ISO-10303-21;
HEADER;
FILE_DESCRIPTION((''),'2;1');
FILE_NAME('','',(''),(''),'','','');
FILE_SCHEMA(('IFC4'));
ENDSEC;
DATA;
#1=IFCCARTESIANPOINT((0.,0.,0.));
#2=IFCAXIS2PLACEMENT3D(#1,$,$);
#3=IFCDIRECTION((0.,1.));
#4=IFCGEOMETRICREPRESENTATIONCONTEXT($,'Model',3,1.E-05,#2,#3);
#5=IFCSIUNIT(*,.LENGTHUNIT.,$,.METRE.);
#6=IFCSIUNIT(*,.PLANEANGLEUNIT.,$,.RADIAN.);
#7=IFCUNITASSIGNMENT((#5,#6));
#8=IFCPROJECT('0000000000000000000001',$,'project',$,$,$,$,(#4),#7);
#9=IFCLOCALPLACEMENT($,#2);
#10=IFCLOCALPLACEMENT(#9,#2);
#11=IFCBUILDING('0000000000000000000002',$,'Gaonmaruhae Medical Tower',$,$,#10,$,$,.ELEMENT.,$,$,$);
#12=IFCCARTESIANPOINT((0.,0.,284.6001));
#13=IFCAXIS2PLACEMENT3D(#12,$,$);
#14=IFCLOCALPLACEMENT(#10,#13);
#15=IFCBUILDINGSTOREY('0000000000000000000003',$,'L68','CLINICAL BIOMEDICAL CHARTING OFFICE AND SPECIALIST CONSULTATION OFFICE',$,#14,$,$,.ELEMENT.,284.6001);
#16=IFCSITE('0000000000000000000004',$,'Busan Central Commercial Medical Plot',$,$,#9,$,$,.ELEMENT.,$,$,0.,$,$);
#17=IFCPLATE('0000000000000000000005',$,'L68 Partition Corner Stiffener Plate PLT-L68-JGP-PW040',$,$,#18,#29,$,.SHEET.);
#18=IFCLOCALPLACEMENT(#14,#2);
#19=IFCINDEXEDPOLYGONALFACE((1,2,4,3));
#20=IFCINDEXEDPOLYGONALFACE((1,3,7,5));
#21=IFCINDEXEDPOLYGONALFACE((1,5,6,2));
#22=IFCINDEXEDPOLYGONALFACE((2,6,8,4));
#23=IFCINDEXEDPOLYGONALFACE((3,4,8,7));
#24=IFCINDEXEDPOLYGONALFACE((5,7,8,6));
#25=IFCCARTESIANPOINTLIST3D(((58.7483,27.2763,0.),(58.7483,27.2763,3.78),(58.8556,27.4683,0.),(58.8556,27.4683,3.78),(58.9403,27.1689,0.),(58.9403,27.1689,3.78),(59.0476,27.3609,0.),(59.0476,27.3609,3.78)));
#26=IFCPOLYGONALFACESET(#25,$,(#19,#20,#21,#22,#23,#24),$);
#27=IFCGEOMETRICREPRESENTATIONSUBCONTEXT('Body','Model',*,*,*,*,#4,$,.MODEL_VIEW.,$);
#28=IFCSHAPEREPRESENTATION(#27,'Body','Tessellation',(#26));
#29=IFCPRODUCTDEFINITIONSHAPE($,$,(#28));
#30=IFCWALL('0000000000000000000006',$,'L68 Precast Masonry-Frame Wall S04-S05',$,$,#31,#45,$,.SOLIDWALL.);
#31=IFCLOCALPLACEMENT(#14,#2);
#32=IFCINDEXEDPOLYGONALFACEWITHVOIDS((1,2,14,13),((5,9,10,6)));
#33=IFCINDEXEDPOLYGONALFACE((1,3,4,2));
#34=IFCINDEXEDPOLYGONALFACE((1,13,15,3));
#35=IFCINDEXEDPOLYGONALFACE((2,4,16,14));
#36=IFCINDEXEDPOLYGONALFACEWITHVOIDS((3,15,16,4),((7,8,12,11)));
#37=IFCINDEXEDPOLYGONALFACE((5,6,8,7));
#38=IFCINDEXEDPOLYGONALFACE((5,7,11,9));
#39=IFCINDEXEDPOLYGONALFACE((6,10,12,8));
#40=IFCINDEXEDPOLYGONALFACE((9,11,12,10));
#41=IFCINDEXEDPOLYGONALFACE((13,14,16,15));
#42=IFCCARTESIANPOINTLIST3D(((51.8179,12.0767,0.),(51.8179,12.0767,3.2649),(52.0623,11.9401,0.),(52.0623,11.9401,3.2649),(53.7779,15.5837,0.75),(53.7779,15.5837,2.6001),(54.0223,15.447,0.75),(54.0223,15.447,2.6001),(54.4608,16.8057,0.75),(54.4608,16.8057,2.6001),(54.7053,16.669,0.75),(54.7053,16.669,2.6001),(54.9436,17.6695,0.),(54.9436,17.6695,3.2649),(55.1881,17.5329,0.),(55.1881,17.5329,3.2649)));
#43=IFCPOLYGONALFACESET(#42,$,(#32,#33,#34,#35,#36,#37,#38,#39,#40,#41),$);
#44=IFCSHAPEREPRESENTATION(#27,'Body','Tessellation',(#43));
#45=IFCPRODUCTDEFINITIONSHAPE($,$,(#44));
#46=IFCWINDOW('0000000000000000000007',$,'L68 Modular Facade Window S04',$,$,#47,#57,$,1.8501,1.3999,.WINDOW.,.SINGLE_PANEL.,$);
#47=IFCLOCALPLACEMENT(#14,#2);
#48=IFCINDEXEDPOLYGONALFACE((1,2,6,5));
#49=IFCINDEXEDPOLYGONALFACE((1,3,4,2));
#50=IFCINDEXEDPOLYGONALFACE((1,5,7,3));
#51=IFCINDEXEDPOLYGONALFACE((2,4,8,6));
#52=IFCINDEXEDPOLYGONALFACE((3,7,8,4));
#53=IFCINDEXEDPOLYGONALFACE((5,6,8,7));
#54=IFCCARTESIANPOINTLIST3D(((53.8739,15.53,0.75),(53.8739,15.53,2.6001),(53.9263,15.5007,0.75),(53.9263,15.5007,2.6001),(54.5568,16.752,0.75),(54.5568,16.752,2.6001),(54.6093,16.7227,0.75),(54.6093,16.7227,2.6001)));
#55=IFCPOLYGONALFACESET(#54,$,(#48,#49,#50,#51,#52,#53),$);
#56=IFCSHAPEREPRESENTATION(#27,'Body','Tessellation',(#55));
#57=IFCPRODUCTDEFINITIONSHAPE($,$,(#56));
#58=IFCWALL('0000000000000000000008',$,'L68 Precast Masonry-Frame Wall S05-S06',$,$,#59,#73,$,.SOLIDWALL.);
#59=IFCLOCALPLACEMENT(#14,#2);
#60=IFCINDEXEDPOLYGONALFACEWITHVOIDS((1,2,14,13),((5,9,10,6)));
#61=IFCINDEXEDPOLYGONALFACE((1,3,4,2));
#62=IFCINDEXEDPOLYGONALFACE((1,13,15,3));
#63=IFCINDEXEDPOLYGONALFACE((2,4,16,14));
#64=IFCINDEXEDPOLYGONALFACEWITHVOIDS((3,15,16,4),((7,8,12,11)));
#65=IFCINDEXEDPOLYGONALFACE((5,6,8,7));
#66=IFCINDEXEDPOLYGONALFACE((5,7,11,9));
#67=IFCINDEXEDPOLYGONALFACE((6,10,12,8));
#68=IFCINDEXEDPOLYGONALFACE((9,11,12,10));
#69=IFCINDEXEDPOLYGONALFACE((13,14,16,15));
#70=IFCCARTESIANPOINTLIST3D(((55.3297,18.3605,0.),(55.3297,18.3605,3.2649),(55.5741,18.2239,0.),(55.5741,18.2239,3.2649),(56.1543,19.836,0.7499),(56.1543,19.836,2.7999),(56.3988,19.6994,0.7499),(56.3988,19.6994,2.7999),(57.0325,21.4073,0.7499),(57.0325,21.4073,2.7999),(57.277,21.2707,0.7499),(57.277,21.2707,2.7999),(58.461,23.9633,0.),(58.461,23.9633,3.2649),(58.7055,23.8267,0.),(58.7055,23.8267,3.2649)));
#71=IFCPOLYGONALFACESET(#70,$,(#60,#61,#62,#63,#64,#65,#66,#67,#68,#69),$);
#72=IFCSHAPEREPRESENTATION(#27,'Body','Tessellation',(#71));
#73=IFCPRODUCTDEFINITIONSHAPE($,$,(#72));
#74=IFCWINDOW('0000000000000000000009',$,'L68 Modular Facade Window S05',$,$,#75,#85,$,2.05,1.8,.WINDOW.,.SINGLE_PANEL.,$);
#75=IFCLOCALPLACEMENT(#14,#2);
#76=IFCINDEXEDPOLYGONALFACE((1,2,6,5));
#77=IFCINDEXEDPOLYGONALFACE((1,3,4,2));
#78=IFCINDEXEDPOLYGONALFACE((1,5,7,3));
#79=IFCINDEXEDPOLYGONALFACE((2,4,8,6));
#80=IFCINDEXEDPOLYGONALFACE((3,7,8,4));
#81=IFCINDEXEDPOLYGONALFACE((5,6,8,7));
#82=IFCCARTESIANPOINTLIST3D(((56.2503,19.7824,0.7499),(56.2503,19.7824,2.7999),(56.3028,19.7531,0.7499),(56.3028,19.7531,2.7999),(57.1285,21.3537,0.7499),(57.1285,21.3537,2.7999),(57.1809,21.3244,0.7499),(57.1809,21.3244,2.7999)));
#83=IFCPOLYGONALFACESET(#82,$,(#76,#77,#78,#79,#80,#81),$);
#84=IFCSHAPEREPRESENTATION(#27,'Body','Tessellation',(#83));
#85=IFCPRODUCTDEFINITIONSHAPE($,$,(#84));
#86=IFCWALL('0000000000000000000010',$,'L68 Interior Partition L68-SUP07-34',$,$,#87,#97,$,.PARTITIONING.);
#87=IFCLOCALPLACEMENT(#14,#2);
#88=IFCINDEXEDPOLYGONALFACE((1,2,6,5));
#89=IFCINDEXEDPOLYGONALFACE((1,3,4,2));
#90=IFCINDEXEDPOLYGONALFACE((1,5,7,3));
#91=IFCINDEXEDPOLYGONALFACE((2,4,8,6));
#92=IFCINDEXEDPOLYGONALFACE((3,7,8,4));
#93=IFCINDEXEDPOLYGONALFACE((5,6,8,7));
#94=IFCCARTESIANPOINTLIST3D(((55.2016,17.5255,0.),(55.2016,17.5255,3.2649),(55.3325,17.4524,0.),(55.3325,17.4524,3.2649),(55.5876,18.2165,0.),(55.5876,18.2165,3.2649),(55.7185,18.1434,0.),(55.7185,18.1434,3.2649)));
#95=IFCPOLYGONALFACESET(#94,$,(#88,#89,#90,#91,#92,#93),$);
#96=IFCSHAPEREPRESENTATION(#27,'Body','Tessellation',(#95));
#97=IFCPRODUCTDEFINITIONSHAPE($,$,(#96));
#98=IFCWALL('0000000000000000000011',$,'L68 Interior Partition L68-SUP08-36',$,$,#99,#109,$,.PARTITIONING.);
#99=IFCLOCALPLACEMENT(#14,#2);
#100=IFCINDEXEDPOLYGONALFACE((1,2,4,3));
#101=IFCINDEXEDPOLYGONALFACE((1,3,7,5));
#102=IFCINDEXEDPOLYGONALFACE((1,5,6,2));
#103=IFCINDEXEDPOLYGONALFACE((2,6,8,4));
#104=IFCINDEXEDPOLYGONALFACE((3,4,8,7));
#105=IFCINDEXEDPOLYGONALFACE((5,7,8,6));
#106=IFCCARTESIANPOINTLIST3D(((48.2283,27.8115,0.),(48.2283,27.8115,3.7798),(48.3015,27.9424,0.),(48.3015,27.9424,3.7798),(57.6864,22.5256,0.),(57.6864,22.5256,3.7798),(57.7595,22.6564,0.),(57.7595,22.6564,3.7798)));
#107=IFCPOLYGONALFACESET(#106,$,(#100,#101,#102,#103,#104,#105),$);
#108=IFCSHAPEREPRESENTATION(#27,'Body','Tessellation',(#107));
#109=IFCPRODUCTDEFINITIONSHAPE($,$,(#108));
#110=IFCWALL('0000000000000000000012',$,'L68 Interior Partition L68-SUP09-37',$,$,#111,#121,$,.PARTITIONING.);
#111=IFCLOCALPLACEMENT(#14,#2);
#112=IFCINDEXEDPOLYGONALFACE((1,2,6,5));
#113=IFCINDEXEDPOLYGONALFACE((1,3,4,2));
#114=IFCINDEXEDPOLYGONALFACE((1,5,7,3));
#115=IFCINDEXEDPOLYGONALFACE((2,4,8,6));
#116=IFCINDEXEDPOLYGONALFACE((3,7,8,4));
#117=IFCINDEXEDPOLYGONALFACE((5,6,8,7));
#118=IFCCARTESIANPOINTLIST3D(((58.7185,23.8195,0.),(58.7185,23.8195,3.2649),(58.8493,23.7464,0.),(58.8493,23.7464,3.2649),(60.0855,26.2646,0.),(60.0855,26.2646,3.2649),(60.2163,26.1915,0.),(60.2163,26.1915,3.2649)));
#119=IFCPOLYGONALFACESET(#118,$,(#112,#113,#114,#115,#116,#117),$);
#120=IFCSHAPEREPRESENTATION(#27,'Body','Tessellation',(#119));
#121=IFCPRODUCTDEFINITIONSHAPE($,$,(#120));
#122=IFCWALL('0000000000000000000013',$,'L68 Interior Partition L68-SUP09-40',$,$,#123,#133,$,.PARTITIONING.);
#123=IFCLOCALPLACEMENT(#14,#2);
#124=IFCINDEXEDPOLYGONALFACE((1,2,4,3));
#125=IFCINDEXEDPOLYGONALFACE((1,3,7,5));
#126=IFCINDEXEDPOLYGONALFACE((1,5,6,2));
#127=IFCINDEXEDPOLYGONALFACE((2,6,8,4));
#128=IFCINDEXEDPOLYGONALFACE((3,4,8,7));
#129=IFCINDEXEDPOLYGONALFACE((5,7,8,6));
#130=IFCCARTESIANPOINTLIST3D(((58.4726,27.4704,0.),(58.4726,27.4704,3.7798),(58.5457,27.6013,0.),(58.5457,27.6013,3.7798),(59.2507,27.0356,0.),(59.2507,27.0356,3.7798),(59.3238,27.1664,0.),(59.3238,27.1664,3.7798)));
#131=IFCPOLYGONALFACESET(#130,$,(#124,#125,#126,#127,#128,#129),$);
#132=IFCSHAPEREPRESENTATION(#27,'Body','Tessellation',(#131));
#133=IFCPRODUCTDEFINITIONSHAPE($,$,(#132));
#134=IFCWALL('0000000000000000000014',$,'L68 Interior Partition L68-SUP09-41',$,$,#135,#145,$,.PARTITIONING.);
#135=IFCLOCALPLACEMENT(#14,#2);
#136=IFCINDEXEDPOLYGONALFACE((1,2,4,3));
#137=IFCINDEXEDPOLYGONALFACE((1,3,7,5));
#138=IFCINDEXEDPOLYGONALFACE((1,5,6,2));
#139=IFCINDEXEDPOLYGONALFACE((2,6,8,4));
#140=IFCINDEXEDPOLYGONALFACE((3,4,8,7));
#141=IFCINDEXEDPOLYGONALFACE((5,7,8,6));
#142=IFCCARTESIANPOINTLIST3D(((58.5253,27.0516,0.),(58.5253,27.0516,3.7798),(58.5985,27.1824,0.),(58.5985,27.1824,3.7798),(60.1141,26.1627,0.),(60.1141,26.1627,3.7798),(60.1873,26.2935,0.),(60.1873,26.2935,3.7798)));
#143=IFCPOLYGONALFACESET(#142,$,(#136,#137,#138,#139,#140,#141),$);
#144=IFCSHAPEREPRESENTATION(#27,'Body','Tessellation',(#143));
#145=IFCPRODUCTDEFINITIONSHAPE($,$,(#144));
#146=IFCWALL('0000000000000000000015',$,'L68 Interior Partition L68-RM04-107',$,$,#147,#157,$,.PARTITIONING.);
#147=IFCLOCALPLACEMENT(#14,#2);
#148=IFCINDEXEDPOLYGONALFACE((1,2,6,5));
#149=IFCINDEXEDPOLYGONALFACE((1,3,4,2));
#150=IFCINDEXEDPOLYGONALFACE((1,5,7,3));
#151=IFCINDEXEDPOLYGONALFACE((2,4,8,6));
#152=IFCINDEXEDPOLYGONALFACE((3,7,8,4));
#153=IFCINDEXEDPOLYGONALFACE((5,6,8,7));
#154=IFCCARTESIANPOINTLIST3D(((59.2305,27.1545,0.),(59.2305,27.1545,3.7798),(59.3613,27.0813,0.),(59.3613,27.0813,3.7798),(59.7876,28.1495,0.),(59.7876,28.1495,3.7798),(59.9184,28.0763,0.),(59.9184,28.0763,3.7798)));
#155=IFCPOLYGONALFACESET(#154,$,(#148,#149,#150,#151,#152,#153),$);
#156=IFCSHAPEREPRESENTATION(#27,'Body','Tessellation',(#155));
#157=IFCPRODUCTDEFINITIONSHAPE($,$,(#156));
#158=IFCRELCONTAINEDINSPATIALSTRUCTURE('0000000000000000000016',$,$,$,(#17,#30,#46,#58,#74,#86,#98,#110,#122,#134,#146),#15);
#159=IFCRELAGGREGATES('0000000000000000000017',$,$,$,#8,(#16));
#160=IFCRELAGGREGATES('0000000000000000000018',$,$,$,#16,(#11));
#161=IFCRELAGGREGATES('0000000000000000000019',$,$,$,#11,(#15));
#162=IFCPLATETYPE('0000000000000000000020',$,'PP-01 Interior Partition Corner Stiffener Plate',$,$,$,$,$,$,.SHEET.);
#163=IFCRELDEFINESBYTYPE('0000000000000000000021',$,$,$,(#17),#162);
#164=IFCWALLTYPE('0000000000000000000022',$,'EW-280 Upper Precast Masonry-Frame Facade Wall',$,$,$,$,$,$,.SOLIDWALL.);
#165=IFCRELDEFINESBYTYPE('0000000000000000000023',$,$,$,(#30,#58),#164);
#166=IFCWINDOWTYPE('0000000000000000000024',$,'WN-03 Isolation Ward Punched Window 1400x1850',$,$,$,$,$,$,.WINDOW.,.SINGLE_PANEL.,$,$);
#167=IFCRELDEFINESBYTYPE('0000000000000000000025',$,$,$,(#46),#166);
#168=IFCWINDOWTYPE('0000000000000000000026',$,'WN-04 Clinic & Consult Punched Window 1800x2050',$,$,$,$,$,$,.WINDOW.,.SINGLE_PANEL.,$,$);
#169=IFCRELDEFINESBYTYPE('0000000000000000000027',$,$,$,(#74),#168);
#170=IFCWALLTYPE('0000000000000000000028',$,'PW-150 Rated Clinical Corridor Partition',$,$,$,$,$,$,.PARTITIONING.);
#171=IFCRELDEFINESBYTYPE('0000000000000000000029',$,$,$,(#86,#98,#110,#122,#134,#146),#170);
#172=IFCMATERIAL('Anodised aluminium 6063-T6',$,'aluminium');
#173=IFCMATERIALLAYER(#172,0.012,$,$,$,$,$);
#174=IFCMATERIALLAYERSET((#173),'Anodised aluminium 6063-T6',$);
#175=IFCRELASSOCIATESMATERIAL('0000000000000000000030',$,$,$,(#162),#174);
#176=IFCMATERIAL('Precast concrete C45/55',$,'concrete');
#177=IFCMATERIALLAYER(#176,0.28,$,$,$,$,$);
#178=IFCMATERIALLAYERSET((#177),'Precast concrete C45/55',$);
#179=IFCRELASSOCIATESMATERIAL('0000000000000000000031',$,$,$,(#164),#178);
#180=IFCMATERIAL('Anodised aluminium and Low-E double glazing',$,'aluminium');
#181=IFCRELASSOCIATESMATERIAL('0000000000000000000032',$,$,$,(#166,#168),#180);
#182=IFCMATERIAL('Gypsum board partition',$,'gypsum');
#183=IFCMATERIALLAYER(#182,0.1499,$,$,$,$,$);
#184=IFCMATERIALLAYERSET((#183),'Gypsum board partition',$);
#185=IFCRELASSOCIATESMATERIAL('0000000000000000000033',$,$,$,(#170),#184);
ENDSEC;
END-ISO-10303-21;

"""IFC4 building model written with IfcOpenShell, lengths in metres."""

from ifc_helpers import new_model, si_unit, direction, frame, frame_2d, origin, origin_2d, place, context, subcontext, project, spatial, rectangle, extrude, material, layer, layer_set, type_object, element, fill, save


model = new_model("IFC4")

# Units and contexts
model_context = context("Model", 3, precision=1e-05, world=origin(), true_north=direction((0.0, 1.0)))
body_context = subcontext(model_context, "Body", "Model", "MODEL_VIEW")
ifc_project = project(units=[si_unit("LENGTHUNIT", "METRE"), si_unit("PLANEANGLEUNIT", "RADIAN")], contexts=[model_context])

# Site, building, storey
site_placement = place(None, origin())
site = spatial("IfcSite", under=ifc_project, at=site_placement, Name="Busan Central Commercial Medical Plot", CompositionType="ELEMENT", RefElevation=0.0)
building_placement = place(site_placement, origin())
building = spatial("IfcBuilding", under=site, at=building_placement, Name="Gaonmaruhae Medical Tower", CompositionType="ELEMENT")
storey_placement = place(building_placement, frame((0.0, 0.0, 284.6001)))
storey = spatial("IfcBuildingStorey", under=building, at=storey_placement, Name="L68", Description="CLINICAL BIOMEDICAL CHARTING OFFICE AND SPECIALIST CONSULTATION OFFICE", CompositionType="ELEMENT", Elevation=284.6001)

# Plate
ifc_material_1 = material(Name="Anodised aluminium 6063-T6", Category="aluminium")
ifc_layer_1 = layer(ifc_material_1, 0.012)
ifc_layer_set_1 = layer_set([ifc_layer_1], Name="Anodised aluminium 6063-T6")
plate_type = type_object("IfcPlateType", Name="PP-01 Interior Partition Corner Stiffener Plate", PredefinedType="SHEET", material=ifc_layer_set_1)
plate_1_placement = place(storey_placement, frame((58.8979, 27.3186, 0.0), z_axis=(0.0, 0.0, 1.0), x_axis=(0.872828, -0.488027, 0.0)))
element("IfcPlate", 1, at=plate_1_placement, inside=storey, type_object=plate_type, Name="L68 Partition Corner Stiffener Plate PLT-L68-JGP-PW040", PredefinedType="SHEET", context=body_context, shape_type="SweptSolid", body=[
    extrude(rectangle(XDim=0.22, YDim=0.22, at=origin_2d()), origin(), (0.0, 0.0, 1.0), 3.78),
])

# Walls, openings, windows
ifc_material_2 = material(Name="Precast concrete C45/55", Category="concrete")
ifc_layer_2 = layer(ifc_material_2, 0.28)
ifc_layer_set_2 = layer_set([ifc_layer_2], Name="Precast concrete C45/55")
wall_type_1 = type_object("IfcWallType", Name="EW-280 Upper Precast Masonry-Frame Facade Wall", PredefinedType="SOLIDWALL", material=ifc_layer_set_2)
wall_1_placement = place(storey_placement, frame((55.0659, 17.6013, 0.0), z_axis=(0.0, 0.0, 1.0), x_axis=(-0.487864, -0.87292, 0.0)))
wall_1 = element("IfcWall", 2, at=wall_1_placement, inside=storey, type_object=wall_type_1, Name="L68 Precast Masonry-Frame Wall S04-S05", PredefinedType="SOLIDWALL", context=body_context, shape_type="SweptSolid", body=[
    extrude(rectangle(XDim=6.407, YDim=0.28, at=frame_2d((3.2036, 0.0))), origin(), (0.0, 0.0, 1.0), 3.2649),
])
opening_1_placement = place(wall_1_placement, frame((0.9897, 0.0, 0.75)))
opening_1 = element("IfcOpeningElement", 3, at=opening_1_placement, cuts=wall_1, PredefinedType="OPENING", context=body_context, shape_type="SweptSolid", body=[
    extrude(rectangle(XDim=1.3999, YDim=1.8501, at=frame_2d((0.7, 0.925))), frame((0.0, 0.1499, 0.0), z_axis=(0.0, -1.0, 0.0), x_axis=(1.0, 0.0, 0.0)), (0.0, 0.0, 1.0), 0.3),
])
ifc_material_3 = material(Name="Anodised aluminium and Low-E double glazing", Category="aluminium")
window_type_1 = type_object("IfcWindowType", Name="WN-03 Isolation Ward Punched Window 1400x1850", PartitioningType="SINGLE_PANEL", PredefinedType="WINDOW", material=ifc_material_3)
window_1_placement = place(opening_1_placement, origin())
window_1 = element("IfcWindow", 4, at=window_1_placement, inside=storey, type_object=window_type_1, Name="L68 Modular Facade Window S04", OverallHeight=1.8501, OverallWidth=1.3999, PartitioningType="SINGLE_PANEL", PredefinedType="WINDOW", context=body_context, shape_type="SweptSolid", body=[
    extrude(rectangle(XDim=1.3999, YDim=1.8501, at=frame_2d((0.7, 0.925))), frame((0.0, 0.03, 0.0), z_axis=(0.0, -1.0, 0.0), x_axis=(1.0, 0.0, 0.0)), (0.0, 0.0, 1.0), 0.0601),
])
fill(opening_1, window_1)
wall_2_placement = place(storey_placement, frame((58.5833, 23.895, 0.0), z_axis=(0.0, 0.0, 1.0), x_axis=(-0.487867, -0.872918, 0.0)))
wall_2 = element("IfcWall", 5, at=wall_2_placement, inside=storey, type_object=wall_type_1, Name="L68 Precast Masonry-Frame Wall S05-S06", PredefinedType="SOLIDWALL", context=body_context, shape_type="SweptSolid", body=[
    extrude(rectangle(XDim=6.4185, YDim=0.28, at=frame_2d((3.2092, 0.0))), origin(), (0.0, 0.0, 1.0), 3.2649),
])
opening_2_placement = place(wall_2_placement, frame((2.9282, 0.0, 0.75)))
opening_2 = element("IfcOpeningElement", 6, at=opening_2_placement, cuts=wall_2, PredefinedType="OPENING", context=body_context, shape_type="SweptSolid", body=[
    extrude(rectangle(XDim=1.8, YDim=2.05, at=frame_2d((0.8999, 1.0249))), frame((0.0, 0.1499, 0.0), z_axis=(0.0, -1.0, 0.0), x_axis=(1.0, 0.0, 0.0)), (0.0, 0.0, 1.0), 0.3),
])
window_type_2 = type_object("IfcWindowType", Name="WN-04 Clinic & Consult Punched Window 1800x2050", PartitioningType="SINGLE_PANEL", PredefinedType="WINDOW", material=ifc_material_3)
window_2_placement = place(opening_2_placement, origin())
window_2 = element("IfcWindow", 7, at=window_2_placement, inside=storey, type_object=window_type_2, Name="L68 Modular Facade Window S05", OverallHeight=2.05, OverallWidth=1.8, PartitioningType="SINGLE_PANEL", PredefinedType="WINDOW", context=body_context, shape_type="SweptSolid", body=[
    extrude(rectangle(XDim=1.8, YDim=2.05, at=frame_2d((0.8999, 1.0249))), frame((0.0, 0.03, 0.0), z_axis=(0.0, -1.0, 0.0), x_axis=(1.0, 0.0, 0.0)), (0.0, 0.0, 1.0), 0.0601),
])
fill(opening_2, window_2)

# Wall
ifc_material_4 = material(Name="Gypsum board partition", Category="gypsum")
ifc_layer_3 = layer(ifc_material_4, 0.1499)
ifc_layer_set_3 = layer_set([ifc_layer_3], Name="Gypsum board partition")
wall_type_2 = type_object("IfcWallType", Name="PW-150 Rated Clinical Corridor Partition", PredefinedType="PARTITIONING", material=ifc_layer_set_3)
wall_3_placement = place(storey_placement, frame((55.6531, 18.1799, 0.0), z_axis=(0.0, 0.0, 1.0), x_axis=(-0.487711, -0.873005, 0.0)))
element("IfcWall", 8, at=wall_3_placement, inside=storey, type_object=wall_type_2, Name="L68 Interior Partition L68-SUP07-34", PredefinedType="PARTITIONING", context=body_context, shape_type="SweptSolid", body=[
    extrude(rectangle(XDim=0.7915, YDim=0.1499, at=frame_2d((0.3958, 0.0))), origin(), (0.0, 0.0, 1.0), 3.2649),
])

# Walls
wall_4_placement = place(storey_placement, frame((48.2649, 27.877, 0.0), z_axis=(0.0, 0.0, 1.0), x_axis=(0.872923, -0.487859, 0.0)))
element("IfcWall", 9, at=wall_4_placement, inside=storey, type_object=wall_type_2, Name="L68 Interior Partition L68-SUP08-36", PredefinedType="PARTITIONING", context=body_context, shape_type="SweptSolid", body=[
    extrude(rectangle(XDim=10.835, YDim=0.1499, at=frame_2d((5.4175, 0.0))), origin(), (0.0, 0.0, 1.0), 3.7798),
])
wall_5_placement = place(storey_placement, frame((60.1509, 26.228, 0.0), z_axis=(0.0, 0.0, 1.0), x_axis=(-0.48798, -0.872855, 0.0)))
element("IfcWall", 10, at=wall_5_placement, inside=storey, type_object=wall_type_2, Name="L68 Interior Partition L68-SUP09-37", PredefinedType="PARTITIONING", context=body_context, shape_type="SweptSolid", body=[
    extrude(rectangle(XDim=2.8013, YDim=0.1499, at=frame_2d((1.4006, 0.0))), origin(), (0.0, 0.0, 1.0), 3.2649),
])

# Walls
wall_6_placement = place(storey_placement, frame((58.509, 27.5359, 0.0), z_axis=(0.0, 0.0, 1.0), x_axis=(0.87294, -0.487827, 0.0)))
element("IfcWall", 11, at=wall_6_placement, inside=storey, type_object=wall_type_2, Name="L68 Interior Partition L68-SUP09-40", PredefinedType="PARTITIONING", context=body_context, shape_type="SweptSolid", body=[
    extrude(rectangle(XDim=0.8914, YDim=0.1499, at=frame_2d((0.4458, 0.0))), origin(), (0.0, 0.0, 1.0), 3.7798),
])
wall_7_placement = place(storey_placement, frame((58.562, 27.1169, 0.0), z_axis=(0.0, 0.0, 1.0), x_axis=(0.872705, -0.488248, 0.0)))
element("IfcWall", 12, at=wall_7_placement, inside=storey, type_object=wall_type_2, Name="L68 Interior Partition L68-SUP09-41", PredefinedType="PARTITIONING", context=body_context, shape_type="SweptSolid", body=[
    extrude(rectangle(XDim=1.8206, YDim=0.1499, at=frame_2d((0.9102, 0.0))), origin(), (0.0, 0.0, 1.0), 3.7798),
])
wall_8_placement = place(storey_placement, frame((59.853, 28.113, 0.0), z_axis=(0.0, 0.0, 1.0), x_axis=(-0.488512, -0.872557, 0.0)))
element("IfcWall", 13, at=wall_8_placement, inside=storey, type_object=wall_type_2, Name="L68 Interior Partition L68-RM04-107", PredefinedType="PARTITIONING", context=body_context, shape_type="SweptSolid", body=[
    extrude(rectangle(XDim=1.1404, YDim=0.1499, at=frame_2d((0.5703, 0.0))), origin(), (0.0, 0.0, 1.0), 3.7798),
])

save(model, "model.ifc")
